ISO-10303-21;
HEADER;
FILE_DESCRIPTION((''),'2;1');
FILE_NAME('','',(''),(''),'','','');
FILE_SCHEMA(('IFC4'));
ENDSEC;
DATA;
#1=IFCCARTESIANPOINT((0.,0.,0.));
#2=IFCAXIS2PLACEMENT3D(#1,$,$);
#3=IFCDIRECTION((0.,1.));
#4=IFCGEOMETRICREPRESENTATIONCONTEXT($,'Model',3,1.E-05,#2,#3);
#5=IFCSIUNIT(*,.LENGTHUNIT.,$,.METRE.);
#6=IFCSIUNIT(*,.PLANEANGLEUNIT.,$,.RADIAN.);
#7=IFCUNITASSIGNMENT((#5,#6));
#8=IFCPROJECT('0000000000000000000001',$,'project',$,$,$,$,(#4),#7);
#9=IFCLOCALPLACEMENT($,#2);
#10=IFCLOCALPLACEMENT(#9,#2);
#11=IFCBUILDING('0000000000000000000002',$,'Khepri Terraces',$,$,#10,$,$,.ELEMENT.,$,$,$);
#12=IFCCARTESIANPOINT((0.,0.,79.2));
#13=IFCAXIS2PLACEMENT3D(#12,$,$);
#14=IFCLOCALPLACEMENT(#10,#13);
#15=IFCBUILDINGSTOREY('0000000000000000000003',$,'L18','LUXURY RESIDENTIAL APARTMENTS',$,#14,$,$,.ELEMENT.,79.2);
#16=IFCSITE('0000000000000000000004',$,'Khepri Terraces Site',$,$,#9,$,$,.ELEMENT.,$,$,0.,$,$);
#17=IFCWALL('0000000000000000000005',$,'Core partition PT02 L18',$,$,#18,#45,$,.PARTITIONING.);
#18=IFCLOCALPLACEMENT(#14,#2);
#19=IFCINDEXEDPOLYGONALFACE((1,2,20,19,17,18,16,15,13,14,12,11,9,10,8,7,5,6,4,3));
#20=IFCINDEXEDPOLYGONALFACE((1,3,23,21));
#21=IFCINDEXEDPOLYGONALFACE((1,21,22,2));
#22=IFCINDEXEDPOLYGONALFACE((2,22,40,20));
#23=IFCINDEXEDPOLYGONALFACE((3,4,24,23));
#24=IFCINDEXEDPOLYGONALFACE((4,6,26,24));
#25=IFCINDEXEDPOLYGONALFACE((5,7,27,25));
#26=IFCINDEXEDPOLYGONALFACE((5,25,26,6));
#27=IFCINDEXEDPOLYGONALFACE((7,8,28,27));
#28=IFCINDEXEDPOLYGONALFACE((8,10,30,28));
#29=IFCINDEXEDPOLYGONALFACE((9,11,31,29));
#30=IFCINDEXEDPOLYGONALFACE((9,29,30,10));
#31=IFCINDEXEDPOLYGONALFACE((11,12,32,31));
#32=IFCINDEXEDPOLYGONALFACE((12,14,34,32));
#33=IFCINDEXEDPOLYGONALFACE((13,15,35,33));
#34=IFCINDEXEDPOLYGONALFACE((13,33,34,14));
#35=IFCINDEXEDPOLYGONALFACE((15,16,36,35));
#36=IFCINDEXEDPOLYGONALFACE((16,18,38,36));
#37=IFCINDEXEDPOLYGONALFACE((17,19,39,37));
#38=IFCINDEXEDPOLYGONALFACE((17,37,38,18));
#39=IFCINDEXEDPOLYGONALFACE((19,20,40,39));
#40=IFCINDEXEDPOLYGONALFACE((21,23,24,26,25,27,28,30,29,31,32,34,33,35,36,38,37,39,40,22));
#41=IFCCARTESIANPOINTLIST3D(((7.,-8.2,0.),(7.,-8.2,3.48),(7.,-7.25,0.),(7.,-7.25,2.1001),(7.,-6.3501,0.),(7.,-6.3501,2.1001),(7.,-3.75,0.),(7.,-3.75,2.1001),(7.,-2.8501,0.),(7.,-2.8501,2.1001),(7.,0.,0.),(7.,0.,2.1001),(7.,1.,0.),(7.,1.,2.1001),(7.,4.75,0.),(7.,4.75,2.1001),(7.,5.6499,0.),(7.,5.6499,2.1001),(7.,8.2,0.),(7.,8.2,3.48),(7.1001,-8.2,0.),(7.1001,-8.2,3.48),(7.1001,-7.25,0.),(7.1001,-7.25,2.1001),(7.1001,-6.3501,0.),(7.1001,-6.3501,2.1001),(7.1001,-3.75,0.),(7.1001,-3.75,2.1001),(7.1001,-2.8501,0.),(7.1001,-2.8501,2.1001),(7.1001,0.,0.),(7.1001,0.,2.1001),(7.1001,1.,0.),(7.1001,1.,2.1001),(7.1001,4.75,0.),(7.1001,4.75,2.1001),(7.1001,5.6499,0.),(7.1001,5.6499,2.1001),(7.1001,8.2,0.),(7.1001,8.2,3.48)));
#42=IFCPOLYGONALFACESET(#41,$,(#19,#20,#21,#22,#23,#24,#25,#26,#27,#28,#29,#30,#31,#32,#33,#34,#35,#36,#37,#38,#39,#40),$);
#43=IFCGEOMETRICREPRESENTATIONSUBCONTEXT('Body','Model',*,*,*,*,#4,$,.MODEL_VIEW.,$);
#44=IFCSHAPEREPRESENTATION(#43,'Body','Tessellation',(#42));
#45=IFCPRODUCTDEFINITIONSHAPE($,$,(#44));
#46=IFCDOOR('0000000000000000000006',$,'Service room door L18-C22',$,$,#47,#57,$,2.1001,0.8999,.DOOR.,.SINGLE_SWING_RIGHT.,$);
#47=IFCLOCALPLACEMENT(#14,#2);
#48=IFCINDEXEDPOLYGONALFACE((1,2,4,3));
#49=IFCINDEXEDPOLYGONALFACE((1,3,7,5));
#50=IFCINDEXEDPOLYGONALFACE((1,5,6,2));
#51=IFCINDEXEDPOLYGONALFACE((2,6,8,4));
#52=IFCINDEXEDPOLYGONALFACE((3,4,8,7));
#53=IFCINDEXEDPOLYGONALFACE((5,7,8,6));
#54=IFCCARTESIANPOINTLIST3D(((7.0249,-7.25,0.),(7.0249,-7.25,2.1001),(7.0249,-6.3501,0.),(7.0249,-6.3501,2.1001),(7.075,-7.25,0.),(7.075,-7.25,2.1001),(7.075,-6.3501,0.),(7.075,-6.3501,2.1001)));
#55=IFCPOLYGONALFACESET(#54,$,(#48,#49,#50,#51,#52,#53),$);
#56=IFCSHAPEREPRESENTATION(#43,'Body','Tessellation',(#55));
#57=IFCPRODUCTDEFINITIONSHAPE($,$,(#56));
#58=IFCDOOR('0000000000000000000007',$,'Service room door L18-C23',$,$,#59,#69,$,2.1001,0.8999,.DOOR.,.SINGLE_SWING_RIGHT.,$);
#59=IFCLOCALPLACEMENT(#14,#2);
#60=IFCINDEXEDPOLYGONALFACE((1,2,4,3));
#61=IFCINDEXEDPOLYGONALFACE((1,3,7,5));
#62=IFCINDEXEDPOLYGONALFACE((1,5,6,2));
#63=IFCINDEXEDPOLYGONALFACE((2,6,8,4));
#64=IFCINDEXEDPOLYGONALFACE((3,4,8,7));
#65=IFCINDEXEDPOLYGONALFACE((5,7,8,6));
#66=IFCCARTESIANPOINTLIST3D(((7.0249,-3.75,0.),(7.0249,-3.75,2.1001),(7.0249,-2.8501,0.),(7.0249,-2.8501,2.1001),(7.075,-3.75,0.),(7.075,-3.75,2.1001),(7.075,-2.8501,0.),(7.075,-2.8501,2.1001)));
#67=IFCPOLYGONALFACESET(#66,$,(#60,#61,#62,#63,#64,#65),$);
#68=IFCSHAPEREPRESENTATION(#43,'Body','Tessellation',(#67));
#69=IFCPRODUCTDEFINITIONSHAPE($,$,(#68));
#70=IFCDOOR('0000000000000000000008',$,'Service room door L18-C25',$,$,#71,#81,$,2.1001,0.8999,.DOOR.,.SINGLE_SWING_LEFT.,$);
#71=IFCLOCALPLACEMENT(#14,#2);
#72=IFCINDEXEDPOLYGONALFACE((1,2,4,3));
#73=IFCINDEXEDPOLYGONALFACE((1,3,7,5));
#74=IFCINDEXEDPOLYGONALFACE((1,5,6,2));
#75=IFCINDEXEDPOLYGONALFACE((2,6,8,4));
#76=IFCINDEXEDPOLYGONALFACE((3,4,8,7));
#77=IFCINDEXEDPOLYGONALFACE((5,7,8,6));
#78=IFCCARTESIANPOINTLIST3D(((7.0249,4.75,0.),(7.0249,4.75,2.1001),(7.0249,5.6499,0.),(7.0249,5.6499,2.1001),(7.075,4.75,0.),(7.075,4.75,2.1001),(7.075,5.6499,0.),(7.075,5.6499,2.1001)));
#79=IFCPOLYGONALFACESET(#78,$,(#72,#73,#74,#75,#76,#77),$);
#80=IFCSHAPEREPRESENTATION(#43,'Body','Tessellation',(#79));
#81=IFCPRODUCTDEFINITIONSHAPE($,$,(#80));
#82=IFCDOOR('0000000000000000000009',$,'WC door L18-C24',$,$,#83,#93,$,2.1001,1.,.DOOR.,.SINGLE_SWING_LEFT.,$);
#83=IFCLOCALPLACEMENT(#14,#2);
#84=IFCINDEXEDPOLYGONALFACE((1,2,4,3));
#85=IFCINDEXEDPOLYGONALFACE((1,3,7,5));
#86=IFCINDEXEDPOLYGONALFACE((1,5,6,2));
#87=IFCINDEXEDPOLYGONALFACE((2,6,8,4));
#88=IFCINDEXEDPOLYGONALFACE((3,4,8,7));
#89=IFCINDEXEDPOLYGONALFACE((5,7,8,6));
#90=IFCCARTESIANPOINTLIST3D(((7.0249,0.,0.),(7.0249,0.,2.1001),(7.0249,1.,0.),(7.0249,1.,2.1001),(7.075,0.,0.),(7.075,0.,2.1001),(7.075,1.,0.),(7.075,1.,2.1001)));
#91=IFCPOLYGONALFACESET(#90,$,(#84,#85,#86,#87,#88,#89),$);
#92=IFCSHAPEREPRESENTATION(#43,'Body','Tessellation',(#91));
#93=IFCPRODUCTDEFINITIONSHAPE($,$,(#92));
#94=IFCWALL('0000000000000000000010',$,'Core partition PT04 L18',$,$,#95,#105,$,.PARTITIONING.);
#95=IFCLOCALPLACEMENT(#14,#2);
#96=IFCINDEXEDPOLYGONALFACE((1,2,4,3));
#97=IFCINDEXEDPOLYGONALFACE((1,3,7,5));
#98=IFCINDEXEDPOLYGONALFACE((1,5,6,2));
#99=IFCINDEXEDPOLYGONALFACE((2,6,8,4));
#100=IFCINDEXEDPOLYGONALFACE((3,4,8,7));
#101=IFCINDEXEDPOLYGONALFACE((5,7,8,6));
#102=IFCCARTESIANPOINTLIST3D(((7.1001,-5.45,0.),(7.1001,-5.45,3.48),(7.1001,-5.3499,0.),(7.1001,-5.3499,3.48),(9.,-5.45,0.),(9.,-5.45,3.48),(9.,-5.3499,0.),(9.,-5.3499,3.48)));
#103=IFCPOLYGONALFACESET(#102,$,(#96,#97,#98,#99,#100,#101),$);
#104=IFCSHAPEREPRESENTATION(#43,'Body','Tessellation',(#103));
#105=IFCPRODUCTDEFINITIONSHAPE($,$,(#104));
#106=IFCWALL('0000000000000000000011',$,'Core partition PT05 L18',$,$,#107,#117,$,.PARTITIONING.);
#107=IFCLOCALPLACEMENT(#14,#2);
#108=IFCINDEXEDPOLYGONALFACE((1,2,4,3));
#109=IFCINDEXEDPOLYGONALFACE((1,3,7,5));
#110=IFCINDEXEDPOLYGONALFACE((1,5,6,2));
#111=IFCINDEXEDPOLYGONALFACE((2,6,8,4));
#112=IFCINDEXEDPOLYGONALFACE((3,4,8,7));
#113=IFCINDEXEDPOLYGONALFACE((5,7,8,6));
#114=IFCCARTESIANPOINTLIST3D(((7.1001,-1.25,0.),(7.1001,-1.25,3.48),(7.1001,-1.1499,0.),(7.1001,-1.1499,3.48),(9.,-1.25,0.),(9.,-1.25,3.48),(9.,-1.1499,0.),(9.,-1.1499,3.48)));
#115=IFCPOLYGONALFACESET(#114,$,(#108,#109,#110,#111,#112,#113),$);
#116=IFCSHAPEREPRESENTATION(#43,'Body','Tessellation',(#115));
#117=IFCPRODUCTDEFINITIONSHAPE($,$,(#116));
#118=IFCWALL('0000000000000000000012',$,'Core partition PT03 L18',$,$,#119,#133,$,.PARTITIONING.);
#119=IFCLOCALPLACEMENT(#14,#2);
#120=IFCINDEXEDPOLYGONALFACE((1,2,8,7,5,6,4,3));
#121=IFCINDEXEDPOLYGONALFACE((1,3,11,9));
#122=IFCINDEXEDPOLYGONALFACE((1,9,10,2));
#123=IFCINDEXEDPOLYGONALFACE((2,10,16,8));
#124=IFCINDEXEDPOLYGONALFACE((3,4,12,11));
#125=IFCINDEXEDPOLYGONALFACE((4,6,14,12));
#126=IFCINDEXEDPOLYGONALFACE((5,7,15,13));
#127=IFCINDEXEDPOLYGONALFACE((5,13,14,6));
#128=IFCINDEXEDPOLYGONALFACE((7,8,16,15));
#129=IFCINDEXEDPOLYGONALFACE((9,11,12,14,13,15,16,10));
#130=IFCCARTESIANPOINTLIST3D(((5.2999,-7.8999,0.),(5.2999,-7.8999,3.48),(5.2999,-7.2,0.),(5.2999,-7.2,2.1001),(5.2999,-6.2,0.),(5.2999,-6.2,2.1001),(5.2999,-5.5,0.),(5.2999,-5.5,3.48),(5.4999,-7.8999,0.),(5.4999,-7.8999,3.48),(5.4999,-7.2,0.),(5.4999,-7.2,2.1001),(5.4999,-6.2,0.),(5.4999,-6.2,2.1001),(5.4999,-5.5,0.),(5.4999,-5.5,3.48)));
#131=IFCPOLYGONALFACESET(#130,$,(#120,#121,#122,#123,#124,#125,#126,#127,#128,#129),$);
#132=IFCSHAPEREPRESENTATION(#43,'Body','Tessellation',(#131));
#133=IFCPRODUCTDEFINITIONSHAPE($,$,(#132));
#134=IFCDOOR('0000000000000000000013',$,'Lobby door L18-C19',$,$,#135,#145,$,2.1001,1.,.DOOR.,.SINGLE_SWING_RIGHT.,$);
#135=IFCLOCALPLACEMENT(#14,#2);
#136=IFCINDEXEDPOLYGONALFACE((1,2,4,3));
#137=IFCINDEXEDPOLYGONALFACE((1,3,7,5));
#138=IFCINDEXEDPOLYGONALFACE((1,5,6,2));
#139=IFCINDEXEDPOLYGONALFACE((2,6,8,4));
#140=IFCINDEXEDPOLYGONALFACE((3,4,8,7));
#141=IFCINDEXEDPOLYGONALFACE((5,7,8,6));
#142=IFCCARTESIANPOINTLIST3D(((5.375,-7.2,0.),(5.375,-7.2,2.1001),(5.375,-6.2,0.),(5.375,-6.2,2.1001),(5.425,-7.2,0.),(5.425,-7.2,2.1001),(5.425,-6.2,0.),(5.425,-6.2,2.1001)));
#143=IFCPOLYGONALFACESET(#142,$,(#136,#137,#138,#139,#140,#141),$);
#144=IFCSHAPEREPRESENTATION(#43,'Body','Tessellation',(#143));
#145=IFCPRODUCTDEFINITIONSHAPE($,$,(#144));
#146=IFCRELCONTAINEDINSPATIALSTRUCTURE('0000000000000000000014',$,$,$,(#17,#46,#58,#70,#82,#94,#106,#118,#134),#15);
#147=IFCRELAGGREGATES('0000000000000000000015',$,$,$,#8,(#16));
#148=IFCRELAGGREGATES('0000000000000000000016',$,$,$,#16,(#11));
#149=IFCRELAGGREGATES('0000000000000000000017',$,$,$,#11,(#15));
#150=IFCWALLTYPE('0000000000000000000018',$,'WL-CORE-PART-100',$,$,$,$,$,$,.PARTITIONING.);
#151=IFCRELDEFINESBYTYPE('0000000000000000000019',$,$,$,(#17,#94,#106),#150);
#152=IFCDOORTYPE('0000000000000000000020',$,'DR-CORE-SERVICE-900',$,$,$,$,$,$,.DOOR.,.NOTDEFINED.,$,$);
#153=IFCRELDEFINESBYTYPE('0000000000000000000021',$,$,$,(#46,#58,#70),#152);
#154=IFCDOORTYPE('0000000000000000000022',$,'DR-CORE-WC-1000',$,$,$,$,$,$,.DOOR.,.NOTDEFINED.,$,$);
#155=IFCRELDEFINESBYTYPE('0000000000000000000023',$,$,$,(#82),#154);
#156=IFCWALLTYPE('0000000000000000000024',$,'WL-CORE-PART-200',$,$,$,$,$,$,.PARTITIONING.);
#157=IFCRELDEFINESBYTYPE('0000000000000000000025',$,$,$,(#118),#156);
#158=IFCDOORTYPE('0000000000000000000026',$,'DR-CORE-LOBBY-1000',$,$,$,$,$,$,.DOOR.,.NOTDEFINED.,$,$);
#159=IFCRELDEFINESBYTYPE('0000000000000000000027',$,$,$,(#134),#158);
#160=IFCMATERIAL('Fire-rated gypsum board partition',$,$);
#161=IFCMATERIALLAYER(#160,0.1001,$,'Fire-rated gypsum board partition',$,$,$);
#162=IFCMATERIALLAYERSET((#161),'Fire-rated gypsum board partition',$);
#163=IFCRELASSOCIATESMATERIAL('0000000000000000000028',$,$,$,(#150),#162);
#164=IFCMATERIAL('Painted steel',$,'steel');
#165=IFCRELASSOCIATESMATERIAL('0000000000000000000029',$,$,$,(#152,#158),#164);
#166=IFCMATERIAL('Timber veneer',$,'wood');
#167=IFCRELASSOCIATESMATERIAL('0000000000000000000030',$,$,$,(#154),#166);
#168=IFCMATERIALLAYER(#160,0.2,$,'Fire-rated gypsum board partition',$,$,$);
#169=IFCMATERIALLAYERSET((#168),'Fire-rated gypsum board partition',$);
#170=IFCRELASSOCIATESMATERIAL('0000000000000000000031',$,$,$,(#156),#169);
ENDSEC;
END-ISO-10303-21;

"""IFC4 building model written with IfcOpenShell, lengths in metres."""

from ifc_helpers import new_model, si_unit, direction, frame, frame_2d, origin, place, context, subcontext, project, spatial, rectangle, extrude, material, layer, layer_set, type_object, element, fill, save


model = new_model("IFC4")

# Units and contexts
model_context = context("Model", 3, precision=1e-05, world=origin(), true_north=direction((0.0, 1.0)))
body_context = subcontext(model_context, "Body", "Model", "MODEL_VIEW")
ifc_project = project(units=[si_unit("LENGTHUNIT", "METRE"), si_unit("PLANEANGLEUNIT", "RADIAN")], contexts=[model_context])

# Site, building, storey
site_placement = place(None, origin())
site = spatial("IfcSite", under=ifc_project, at=site_placement, Name="Khepri Terraces Site", CompositionType="ELEMENT", RefElevation=0.0)
building_placement = place(site_placement, origin())
building = spatial("IfcBuilding", under=site, at=building_placement, Name="Khepri Terraces", CompositionType="ELEMENT")
storey_placement = place(building_placement, frame((0.0, 0.0, 79.2)))
storey = spatial("IfcBuildingStorey", under=building, at=storey_placement, Name="L18", Description="LUXURY RESIDENTIAL APARTMENTS", CompositionType="ELEMENT", Elevation=79.2)

# Shared definitions
ifc_material_1 = material(Name="Painted steel", Category="steel")

# Wall, openings, doors
ifc_material_2 = material(Name="Fire-rated gypsum board partition")
ifc_layer_1 = layer(ifc_material_2, 0.1001, Name="Fire-rated gypsum board partition")
ifc_layer_set_1 = layer_set([ifc_layer_1], Name="Fire-rated gypsum board partition")
wall_type_1 = type_object("IfcWallType", Name="WL-CORE-PART-100", PredefinedType="PARTITIONING", material=ifc_layer_set_1)
wall_1_placement = place(storey_placement, frame((7.05, -8.2, 0.0), z_axis=(0.0, 0.0, 1.0), x_axis=(0.0, 1.0, 0.0)))
wall_1 = element("IfcWall", 1, at=wall_1_placement, inside=storey, type_object=wall_type_1, Name="Core partition PT02 L18", PredefinedType="PARTITIONING", context=body_context, shape_type="SweptSolid", body=[
    extrude(rectangle(XDim=16.3999, YDim=0.1001, at=frame_2d((8.2, 0.0))), origin(), (0.0, 0.0, 1.0), 3.48),
])
opening_1_placement = place(wall_1_placement, frame((0.95, 0.0, 0.0)))
opening_1 = element("IfcOpeningElement", 2, at=opening_1_placement, cuts=wall_1, PredefinedType="OPENING", context=body_context, shape_type="SweptSolid", body=[
    extrude(rectangle(XDim=0.8999, YDim=2.1001, at=frame_2d((0.45, 1.05))), frame((0.0, 0.0601, 0.0), z_axis=(0.0, -1.0, 0.0), x_axis=(1.0, 0.0, 0.0)), (0.0, 0.0, 1.0), 0.1201),
])
opening_2_placement = place(wall_1_placement, frame((4.45, 0.0, 0.0)))
opening_2 = element("IfcOpeningElement", 3, at=opening_2_placement, cuts=wall_1, PredefinedType="OPENING", context=body_context, shape_type="SweptSolid", body=[
    extrude(rectangle(XDim=0.8999, YDim=2.1001, at=frame_2d((0.45, 1.05))), frame((0.0, 0.0601, 0.0), z_axis=(0.0, -1.0, 0.0), x_axis=(1.0, 0.0, 0.0)), (0.0, 0.0, 1.0), 0.1201),
])
opening_3_placement = place(wall_1_placement, frame((8.2, 0.0, 0.0)))
opening_3 = element("IfcOpeningElement", 4, at=opening_3_placement, cuts=wall_1, PredefinedType="OPENING", context=body_context, shape_type="SweptSolid", body=[
    extrude(rectangle(XDim=1.0, YDim=2.1001, at=frame_2d((0.5, 1.05))), frame((0.0, 0.0601, 0.0), z_axis=(0.0, -1.0, 0.0), x_axis=(1.0, 0.0, 0.0)), (0.0, 0.0, 1.0), 0.1201),
])
opening_4_placement = place(wall_1_placement, frame((12.95, 0.0, 0.0)))
opening_4 = element("IfcOpeningElement", 5, at=opening_4_placement, cuts=wall_1, PredefinedType="OPENING", context=body_context, shape_type="SweptSolid", body=[
    extrude(rectangle(XDim=0.8999, YDim=2.1001, at=frame_2d((0.45, 1.05))), frame((0.0, 0.0601, 0.0), z_axis=(0.0, -1.0, 0.0), x_axis=(1.0, 0.0, 0.0)), (0.0, 0.0, 1.0), 0.1201),
])
door_type_1 = type_object("IfcDoorType", Name="DR-CORE-SERVICE-900", OperationType="NOTDEFINED", PredefinedType="DOOR", material=ifc_material_1)
door_1_placement = place(opening_1_placement, frame((0.8999, 0.0, 0.0), z_axis=(0.0, 0.0, 1.0), x_axis=(-1.0, 0.0, 0.0)))
door_1 = element("IfcDoor", 6, at=door_1_placement, inside=storey, type_object=door_type_1, Name="Service room door L18-C22", OperationType="SINGLE_SWING_RIGHT", OverallHeight=2.1001, OverallWidth=0.8999, PredefinedType="DOOR", context=body_context, shape_type="SweptSolid", body=[
    extrude(rectangle(XDim=0.8999, YDim=2.1001, at=frame_2d((0.45, 1.05))), frame((0.0, 0.0249, 0.0), z_axis=(0.0, -1.0, 0.0), x_axis=(1.0, 0.0, 0.0)), (0.0, 0.0, 1.0), 0.05),
])
fill(opening_1, door_1)
door_2_placement = place(opening_2_placement, frame((0.8999, 0.0, 0.0), z_axis=(0.0, 0.0, 1.0), x_axis=(-1.0, 0.0, 0.0)))
door_2 = element("IfcDoor", 7, at=door_2_placement, inside=storey, type_object=door_type_1, Name="Service room door L18-C23", OperationType="SINGLE_SWING_RIGHT", OverallHeight=2.1001, OverallWidth=0.8999, PredefinedType="DOOR", context=body_context, shape_type="SweptSolid", body=[
    extrude(rectangle(XDim=0.8999, YDim=2.1001, at=frame_2d((0.45, 1.05))), frame((0.0, 0.0249, 0.0), z_axis=(0.0, -1.0, 0.0), x_axis=(1.0, 0.0, 0.0)), (0.0, 0.0, 1.0), 0.05),
])
fill(opening_2, door_2)
door_3_placement = place(opening_4_placement, frame((0.8999, 0.0, 0.0), z_axis=(0.0, 0.0, 1.0), x_axis=(-1.0, 0.0, 0.0)))
door_3 = element("IfcDoor", 8, at=door_3_placement, inside=storey, type_object=door_type_1, Name="Service room door L18-C25", OperationType="SINGLE_SWING_LEFT", OverallHeight=2.1001, OverallWidth=0.8999, PredefinedType="DOOR", context=body_context, shape_type="SweptSolid", body=[
    extrude(rectangle(XDim=0.8999, YDim=2.1001, at=frame_2d((0.45, 1.05))), frame((0.0, 0.0249, 0.0), z_axis=(0.0, -1.0, 0.0), x_axis=(1.0, 0.0, 0.0)), (0.0, 0.0, 1.0), 0.05),
])
fill(opening_4, door_3)
ifc_material_3 = material(Name="Timber veneer", Category="wood")
door_type_2 = type_object("IfcDoorType", Name="DR-CORE-WC-1000", OperationType="NOTDEFINED", PredefinedType="DOOR", material=ifc_material_3)
door_4_placement = place(opening_3_placement, frame((1.0, 0.0, 0.0), z_axis=(0.0, 0.0, 1.0), x_axis=(-1.0, 0.0, 0.0)))
door_4 = element("IfcDoor", 9, at=door_4_placement, inside=storey, type_object=door_type_2, Name="WC door L18-C24", OperationType="SINGLE_SWING_LEFT", OverallHeight=2.1001, OverallWidth=1.0, PredefinedType="DOOR", context=body_context, shape_type="SweptSolid", body=[
    extrude(rectangle(XDim=1.0, YDim=2.1001, at=frame_2d((0.5, 1.05))), frame((0.0, 0.0249, 0.0), z_axis=(0.0, -1.0, 0.0), x_axis=(1.0, 0.0, 0.0)), (0.0, 0.0, 1.0), 0.05),
])
fill(opening_3, door_4)

# Walls
for number, where, z_axis, x_axis, name in (
    (10, (7.1001, -5.3999, 0.0), (0.0, 0.0, 1.0), (1.0, 0.0, 0.0), "Core partition PT04 L18"),
    (11, (7.1001, -1.2, 0.0), (0.0, 0.0, 1.0), (1.0, 0.0, 0.0), "Core partition PT05 L18"),
):
    element("IfcWall", number, at=place(storey_placement, frame(where, z_axis=z_axis, x_axis=x_axis)), inside=storey, type_object=wall_type_1, Name=name, PredefinedType="PARTITIONING", context=body_context, shape_type="SweptSolid", body=[
        extrude(rectangle(XDim=1.8999, YDim=0.1001, at=frame_2d((0.95, 0.0))), origin(), (0.0, 0.0, 1.0), 3.48),
    ])

# Wall, opening, door
ifc_layer_2 = layer(ifc_material_2, 0.2, Name="Fire-rated gypsum board partition")
ifc_layer_set_2 = layer_set([ifc_layer_2], Name="Fire-rated gypsum board partition")
wall_type_2 = type_object("IfcWallType", Name="WL-CORE-PART-200", PredefinedType="PARTITIONING", material=ifc_layer_set_2)
wall_2_placement = place(storey_placement, frame((5.3999, -7.8999, 0.0), z_axis=(0.0, 0.0, 1.0), x_axis=(0.0, 1.0, 0.0)))
wall_2 = element("IfcWall", 12, at=wall_2_placement, inside=storey, type_object=wall_type_2, Name="Core partition PT03 L18", PredefinedType="PARTITIONING", context=body_context, shape_type="SweptSolid", body=[
    extrude(rectangle(XDim=2.3999, YDim=0.2, at=frame_2d((1.2, 0.0))), origin(), (0.0, 0.0, 1.0), 3.48),
])
opening_5_placement = place(wall_2_placement, frame((0.7, 0.0, 0.0)))
opening_5 = element("IfcOpeningElement", 13, at=opening_5_placement, cuts=wall_2, PredefinedType="OPENING", context=body_context, shape_type="SweptSolid", body=[
    extrude(rectangle(XDim=1.0, YDim=2.1001, at=frame_2d((0.5, 1.05))), frame((0.0, 0.1099, 0.0), z_axis=(0.0, -1.0, 0.0), x_axis=(1.0, 0.0, 0.0)), (0.0, 0.0, 1.0), 0.22),
])
door_type_3 = type_object("IfcDoorType", Name="DR-CORE-LOBBY-1000", OperationType="NOTDEFINED", PredefinedType="DOOR", material=ifc_material_1)
door_5_placement = place(opening_5_placement, origin())
door_5 = element("IfcDoor", 14, at=door_5_placement, inside=storey, type_object=door_type_3, Name="Lobby door L18-C19", OperationType="SINGLE_SWING_RIGHT", OverallHeight=2.1001, OverallWidth=1.0, PredefinedType="DOOR", context=body_context, shape_type="SweptSolid", body=[
    extrude(rectangle(XDim=1.0, YDim=2.1001, at=frame_2d((0.5, 1.05))), frame((0.0, 0.0249, 0.0), z_axis=(0.0, -1.0, 0.0), x_axis=(1.0, 0.0, 0.0)), (0.0, 0.0, 1.0), 0.05),
])
fill(opening_5, door_5)

save(model, "model.ifc")
